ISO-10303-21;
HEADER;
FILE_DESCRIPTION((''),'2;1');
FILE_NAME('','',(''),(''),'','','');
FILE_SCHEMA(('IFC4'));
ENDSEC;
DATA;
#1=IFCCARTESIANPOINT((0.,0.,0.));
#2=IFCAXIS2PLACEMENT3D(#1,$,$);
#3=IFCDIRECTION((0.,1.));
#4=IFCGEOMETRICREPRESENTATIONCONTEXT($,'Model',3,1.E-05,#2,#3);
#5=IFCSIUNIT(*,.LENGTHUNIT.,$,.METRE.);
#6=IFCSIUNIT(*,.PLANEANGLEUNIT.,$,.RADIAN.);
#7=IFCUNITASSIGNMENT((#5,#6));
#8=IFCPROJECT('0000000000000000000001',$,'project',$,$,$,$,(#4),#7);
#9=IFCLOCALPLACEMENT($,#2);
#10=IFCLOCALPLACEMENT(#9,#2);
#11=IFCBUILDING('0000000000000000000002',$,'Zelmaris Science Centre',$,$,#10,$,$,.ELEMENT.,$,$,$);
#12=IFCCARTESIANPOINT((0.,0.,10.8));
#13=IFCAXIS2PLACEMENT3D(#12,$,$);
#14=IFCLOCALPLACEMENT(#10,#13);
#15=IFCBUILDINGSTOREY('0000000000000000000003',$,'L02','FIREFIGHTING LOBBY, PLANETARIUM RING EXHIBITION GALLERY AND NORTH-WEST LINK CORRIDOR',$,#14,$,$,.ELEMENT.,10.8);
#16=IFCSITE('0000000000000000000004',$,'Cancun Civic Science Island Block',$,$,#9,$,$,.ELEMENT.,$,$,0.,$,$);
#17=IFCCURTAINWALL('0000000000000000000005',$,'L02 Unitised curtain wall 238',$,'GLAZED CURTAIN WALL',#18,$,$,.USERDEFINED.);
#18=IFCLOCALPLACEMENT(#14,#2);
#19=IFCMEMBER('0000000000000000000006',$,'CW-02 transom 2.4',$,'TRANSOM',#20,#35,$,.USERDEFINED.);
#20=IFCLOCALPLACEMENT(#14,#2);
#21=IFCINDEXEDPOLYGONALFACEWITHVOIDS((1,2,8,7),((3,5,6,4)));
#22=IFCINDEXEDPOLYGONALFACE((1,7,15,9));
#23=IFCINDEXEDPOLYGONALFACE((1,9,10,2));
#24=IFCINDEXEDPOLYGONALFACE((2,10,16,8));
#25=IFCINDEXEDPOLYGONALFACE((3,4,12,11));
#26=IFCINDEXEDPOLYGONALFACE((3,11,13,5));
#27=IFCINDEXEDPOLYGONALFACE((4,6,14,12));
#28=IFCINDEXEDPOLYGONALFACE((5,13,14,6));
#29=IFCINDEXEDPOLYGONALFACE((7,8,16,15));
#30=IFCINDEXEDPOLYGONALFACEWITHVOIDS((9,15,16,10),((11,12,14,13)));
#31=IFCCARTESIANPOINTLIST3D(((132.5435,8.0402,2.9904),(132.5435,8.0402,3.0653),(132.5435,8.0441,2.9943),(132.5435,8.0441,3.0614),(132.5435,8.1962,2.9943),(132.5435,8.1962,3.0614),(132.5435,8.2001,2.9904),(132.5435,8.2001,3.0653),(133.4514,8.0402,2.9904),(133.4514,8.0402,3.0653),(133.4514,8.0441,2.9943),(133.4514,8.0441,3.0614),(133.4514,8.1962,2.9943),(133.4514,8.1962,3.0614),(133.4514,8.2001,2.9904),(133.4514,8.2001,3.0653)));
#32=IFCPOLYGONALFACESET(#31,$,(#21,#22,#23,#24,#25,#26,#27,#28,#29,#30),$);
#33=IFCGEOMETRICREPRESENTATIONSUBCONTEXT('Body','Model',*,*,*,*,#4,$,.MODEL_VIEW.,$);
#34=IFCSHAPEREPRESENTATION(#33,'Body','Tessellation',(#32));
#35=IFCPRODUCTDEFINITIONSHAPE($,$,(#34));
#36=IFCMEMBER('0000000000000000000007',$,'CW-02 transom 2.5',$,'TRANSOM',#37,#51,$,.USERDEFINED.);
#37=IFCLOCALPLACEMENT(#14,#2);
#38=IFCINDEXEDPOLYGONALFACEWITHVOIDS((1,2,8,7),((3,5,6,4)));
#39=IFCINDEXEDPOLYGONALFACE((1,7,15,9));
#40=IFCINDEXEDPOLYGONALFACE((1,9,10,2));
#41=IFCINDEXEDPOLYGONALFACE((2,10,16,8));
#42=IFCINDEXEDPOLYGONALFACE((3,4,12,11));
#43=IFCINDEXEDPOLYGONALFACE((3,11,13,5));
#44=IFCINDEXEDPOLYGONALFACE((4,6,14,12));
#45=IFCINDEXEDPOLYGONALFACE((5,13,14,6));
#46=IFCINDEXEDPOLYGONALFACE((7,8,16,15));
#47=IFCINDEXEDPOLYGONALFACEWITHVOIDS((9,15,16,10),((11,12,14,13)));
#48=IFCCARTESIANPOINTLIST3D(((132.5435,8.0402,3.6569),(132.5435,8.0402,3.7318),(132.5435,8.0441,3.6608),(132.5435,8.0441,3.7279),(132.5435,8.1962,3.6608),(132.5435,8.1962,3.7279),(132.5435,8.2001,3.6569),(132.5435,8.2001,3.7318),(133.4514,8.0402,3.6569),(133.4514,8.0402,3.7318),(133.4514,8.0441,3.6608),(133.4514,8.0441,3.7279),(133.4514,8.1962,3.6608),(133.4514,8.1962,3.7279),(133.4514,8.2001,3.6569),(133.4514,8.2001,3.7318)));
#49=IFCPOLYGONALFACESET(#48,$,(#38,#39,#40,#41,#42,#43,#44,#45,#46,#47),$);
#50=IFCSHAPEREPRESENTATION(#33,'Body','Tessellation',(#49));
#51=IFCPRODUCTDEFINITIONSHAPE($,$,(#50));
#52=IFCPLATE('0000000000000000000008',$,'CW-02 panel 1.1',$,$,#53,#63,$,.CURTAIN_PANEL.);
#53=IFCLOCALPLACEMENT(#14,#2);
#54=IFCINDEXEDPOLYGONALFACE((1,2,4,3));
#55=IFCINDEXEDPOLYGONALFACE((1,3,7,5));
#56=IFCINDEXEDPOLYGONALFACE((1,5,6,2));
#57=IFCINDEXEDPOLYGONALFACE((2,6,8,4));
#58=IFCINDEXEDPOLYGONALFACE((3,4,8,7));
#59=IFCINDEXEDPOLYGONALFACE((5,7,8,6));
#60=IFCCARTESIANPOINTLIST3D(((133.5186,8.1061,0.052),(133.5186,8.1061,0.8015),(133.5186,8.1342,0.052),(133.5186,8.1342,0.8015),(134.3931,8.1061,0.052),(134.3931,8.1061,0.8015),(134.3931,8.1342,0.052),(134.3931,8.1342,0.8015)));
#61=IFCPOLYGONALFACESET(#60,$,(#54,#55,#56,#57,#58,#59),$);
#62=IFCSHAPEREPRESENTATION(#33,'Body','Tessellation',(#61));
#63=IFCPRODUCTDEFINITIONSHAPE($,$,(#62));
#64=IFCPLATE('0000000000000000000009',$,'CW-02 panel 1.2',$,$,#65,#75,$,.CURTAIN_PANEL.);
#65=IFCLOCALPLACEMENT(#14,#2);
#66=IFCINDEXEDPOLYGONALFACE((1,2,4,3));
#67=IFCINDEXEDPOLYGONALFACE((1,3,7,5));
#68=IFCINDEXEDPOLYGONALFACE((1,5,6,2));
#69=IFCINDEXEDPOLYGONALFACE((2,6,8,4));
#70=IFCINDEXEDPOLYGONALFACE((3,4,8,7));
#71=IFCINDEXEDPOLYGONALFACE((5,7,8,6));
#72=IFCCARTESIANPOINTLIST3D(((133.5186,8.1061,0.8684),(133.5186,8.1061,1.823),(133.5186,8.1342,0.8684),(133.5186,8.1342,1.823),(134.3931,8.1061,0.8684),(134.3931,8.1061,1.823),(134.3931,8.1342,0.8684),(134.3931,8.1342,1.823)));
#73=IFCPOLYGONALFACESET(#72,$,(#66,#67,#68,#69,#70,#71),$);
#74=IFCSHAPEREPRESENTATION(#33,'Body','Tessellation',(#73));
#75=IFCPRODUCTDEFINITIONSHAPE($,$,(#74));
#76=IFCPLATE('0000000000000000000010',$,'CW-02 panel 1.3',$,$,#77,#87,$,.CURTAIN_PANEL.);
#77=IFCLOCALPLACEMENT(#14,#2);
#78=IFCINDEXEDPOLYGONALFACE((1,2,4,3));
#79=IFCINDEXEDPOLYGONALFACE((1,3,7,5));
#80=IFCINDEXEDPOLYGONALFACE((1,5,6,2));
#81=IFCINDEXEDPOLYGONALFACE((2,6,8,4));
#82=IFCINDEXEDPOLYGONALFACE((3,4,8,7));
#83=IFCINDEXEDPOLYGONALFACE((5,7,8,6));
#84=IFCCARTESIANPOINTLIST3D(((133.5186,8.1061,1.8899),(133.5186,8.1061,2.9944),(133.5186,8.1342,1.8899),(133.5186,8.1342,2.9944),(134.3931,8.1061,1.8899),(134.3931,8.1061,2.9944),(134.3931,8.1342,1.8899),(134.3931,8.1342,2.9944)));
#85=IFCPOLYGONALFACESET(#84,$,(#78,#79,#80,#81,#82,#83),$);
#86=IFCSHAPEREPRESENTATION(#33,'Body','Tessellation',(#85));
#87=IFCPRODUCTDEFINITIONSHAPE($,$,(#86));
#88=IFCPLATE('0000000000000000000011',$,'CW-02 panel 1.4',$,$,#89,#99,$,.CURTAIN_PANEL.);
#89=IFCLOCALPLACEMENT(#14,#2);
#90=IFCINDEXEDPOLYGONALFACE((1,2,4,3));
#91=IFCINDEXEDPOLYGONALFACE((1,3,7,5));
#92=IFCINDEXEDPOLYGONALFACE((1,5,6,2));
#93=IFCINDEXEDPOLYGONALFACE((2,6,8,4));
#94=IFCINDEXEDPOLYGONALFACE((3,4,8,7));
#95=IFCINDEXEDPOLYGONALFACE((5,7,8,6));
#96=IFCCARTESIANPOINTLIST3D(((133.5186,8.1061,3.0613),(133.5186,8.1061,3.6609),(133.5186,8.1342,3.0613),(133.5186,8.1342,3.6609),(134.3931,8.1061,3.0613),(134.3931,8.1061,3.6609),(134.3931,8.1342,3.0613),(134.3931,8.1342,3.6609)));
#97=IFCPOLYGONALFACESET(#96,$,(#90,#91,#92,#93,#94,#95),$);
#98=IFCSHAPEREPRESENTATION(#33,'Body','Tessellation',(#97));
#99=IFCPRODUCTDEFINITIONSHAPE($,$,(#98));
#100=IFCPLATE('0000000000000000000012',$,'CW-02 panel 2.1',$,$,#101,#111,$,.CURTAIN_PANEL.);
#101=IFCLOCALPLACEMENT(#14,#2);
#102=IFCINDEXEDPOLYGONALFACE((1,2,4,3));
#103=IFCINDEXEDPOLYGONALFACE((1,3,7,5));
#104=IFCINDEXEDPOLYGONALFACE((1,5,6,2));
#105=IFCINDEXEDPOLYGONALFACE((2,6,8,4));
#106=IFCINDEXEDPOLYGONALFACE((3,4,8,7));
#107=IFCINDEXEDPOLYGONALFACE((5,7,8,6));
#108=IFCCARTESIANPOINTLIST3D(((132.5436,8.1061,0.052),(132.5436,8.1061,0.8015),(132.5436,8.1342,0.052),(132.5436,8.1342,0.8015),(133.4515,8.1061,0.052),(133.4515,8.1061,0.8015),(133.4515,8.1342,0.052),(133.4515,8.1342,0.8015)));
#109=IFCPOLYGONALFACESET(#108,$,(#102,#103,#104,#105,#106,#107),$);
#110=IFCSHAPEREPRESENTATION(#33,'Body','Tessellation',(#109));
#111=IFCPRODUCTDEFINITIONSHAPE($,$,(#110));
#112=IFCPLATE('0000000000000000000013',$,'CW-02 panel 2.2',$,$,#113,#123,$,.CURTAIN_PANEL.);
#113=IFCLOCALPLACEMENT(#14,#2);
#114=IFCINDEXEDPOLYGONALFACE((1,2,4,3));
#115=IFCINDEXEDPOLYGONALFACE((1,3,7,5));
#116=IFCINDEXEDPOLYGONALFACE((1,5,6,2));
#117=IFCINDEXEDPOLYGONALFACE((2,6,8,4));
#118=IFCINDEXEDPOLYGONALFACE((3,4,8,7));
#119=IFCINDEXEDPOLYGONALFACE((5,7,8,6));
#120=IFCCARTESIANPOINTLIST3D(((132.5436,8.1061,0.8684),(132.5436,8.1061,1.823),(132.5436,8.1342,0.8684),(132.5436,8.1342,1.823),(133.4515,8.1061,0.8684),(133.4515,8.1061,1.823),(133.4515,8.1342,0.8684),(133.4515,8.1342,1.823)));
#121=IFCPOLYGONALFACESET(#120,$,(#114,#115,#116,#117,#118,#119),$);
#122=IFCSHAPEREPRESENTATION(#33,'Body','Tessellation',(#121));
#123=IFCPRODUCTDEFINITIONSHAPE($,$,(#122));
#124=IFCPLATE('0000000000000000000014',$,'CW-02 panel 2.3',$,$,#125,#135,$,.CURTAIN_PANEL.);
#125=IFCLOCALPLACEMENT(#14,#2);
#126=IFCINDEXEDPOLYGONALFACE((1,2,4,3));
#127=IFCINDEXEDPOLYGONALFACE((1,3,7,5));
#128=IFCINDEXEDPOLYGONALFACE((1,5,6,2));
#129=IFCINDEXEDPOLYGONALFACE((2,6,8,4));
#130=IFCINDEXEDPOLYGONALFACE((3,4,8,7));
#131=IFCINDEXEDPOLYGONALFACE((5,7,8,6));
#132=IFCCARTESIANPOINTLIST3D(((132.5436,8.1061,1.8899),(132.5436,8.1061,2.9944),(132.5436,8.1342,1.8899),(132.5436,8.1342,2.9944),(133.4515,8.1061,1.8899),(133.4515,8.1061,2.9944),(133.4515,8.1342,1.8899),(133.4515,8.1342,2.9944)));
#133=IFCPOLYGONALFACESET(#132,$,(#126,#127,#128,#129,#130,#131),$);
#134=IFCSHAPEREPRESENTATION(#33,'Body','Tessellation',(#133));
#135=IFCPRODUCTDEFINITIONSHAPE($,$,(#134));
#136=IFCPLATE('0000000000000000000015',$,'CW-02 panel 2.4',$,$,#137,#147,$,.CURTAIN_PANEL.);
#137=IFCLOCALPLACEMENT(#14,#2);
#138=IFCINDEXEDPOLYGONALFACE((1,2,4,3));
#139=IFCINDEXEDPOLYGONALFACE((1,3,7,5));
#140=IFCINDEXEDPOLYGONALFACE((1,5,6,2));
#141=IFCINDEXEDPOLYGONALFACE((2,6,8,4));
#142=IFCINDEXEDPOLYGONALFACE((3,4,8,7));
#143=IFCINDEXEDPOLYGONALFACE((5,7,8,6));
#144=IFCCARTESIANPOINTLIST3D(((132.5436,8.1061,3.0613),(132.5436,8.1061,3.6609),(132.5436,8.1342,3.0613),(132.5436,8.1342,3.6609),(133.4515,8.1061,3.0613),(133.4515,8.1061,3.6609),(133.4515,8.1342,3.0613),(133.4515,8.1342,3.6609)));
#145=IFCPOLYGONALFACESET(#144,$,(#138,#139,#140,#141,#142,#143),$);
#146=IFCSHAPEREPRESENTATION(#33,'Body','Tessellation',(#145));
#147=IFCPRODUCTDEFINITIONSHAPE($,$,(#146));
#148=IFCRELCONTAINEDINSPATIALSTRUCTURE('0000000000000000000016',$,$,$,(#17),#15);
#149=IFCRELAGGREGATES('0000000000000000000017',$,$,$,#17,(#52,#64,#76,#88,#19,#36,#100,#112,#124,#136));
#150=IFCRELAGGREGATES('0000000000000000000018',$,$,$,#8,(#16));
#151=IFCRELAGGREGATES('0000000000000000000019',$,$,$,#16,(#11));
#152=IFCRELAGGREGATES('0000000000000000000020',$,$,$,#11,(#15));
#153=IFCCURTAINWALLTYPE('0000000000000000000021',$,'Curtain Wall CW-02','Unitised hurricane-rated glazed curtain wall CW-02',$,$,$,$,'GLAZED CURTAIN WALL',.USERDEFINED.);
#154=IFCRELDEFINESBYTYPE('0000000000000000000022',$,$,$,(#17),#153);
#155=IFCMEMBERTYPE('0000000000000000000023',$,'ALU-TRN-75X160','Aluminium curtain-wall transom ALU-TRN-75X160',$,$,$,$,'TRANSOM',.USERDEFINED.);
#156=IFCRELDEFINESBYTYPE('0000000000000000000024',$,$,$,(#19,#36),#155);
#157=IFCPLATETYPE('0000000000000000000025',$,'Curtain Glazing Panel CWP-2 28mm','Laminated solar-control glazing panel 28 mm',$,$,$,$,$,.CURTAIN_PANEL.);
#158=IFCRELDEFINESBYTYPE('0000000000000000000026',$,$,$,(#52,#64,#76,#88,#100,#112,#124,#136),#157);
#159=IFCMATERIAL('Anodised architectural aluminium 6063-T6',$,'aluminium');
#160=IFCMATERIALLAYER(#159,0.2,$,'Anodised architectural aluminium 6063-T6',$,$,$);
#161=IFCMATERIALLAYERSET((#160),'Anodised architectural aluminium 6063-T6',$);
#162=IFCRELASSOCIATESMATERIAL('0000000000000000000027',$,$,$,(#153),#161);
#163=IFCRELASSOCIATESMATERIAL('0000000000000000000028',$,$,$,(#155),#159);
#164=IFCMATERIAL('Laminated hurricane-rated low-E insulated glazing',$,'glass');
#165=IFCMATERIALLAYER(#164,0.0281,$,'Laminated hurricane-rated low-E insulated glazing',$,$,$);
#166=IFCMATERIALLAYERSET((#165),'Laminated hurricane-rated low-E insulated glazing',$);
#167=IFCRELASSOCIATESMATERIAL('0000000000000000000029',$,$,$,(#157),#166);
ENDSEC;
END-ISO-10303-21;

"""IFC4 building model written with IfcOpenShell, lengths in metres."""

from ifc_helpers import new_model, si_unit, direction, frame, origin, origin_2d, place, context, subcontext, project, spatial, rectangle, hollow_rectangle, extrude, material, layer, layer_set, material_profile, profile_set, type_object, element, aggregate, save


model = new_model("IFC4")

# Units and contexts
model_context = context("Model", 3, precision=1e-05, world=origin(), true_north=direction((0.0, 1.0)))
body_context = subcontext(model_context, "Body", "Model", "MODEL_VIEW")
ifc_project = project(units=[si_unit("LENGTHUNIT", "METRE"), si_unit("PLANEANGLEUNIT", "RADIAN")], contexts=[model_context])

# Site, building, storey
site_placement = place(None, origin())
site = spatial("IfcSite", under=ifc_project, at=site_placement, Name="Cancun Civic Science Island Block", CompositionType="ELEMENT", RefElevation=0.0)
building_placement = place(site_placement, origin())
building = spatial("IfcBuilding", under=site, at=building_placement, Name="Zelmaris Science Centre", CompositionType="ELEMENT")
storey_placement = place(building_placement, frame((0.0, 0.0, 10.8)))
storey = spatial("IfcBuildingStorey", under=building, at=storey_placement, Name="L02", Description="FIREFIGHTING LOBBY, PLANETARIUM RING EXHIBITION GALLERY AND NORTH-WEST LINK CORRIDOR", CompositionType="ELEMENT", Elevation=10.8)

# Curtain wall, members, plates
ifc_material_1 = material(Name="Anodised architectural aluminium 6063-T6", Category="aluminium")
ifc_layer_1 = layer(ifc_material_1, 0.2, Name="Anodised architectural aluminium 6063-T6")
ifc_layer_set_1 = layer_set([ifc_layer_1], Name="Anodised architectural aluminium 6063-T6")
curtain_wall_type = type_object("IfcCurtainWallType", Name="Curtain Wall CW-02", Description="Unitised hurricane-rated glazed curtain wall CW-02", ElementType="GLAZED CURTAIN WALL", PredefinedType="USERDEFINED", material=ifc_layer_set_1)
curtain_wall_placement = place(storey_placement, origin())
curtain_wall = element("IfcCurtainWall", 1, at=curtain_wall_placement, inside=storey, type_object=curtain_wall_type, Name="L02 Unitised curtain wall 238", ObjectType="GLAZED CURTAIN WALL", PredefinedType="USERDEFINED")
ifc_material_profile_1 = material_profile(ifc_material_1, hollow_rectangle(XDim=0.075, YDim=0.1599, WallThickness=0.0039, at=origin_2d()), Name="ALU-TRN-75X160")
ifc_profile_set_1 = profile_set([ifc_material_profile_1], Name="Anodised architectural aluminium 6063-T6")
member_type_1 = type_object("IfcMemberType", Name="ALU-TRN-75X160", Description="Aluminium curtain-wall transom ALU-TRN-75X160", ElementType="TRANSOM", PredefinedType="USERDEFINED", material=ifc_profile_set_1)
member_1_placement = place(storey_placement, frame((133.4514, 8.1201, 3.0278), z_axis=(-1.0, 0.0, 0.0), x_axis=(0.0, 0.0, 1.0)))
member_1 = element("IfcMember", 2, at=member_1_placement, type_object=member_type_1, Name="CW-02 transom 2.4", ObjectType="TRANSOM", PredefinedType="USERDEFINED", context=body_context, shape_type="SweptSolid", body=[
    extrude(hollow_rectangle(XDim=0.075, YDim=0.1599, WallThickness=0.0039, at=origin_2d()), origin(), (0.0, 0.0, 1.0), 0.908),
])
member_2_placement = place(storey_placement, frame((133.4514, 8.1201, 3.6943), z_axis=(-1.0, 0.0, 0.0), x_axis=(0.0, 0.0, 1.0)))
member_2 = element("IfcMember", 3, at=member_2_placement, type_object=member_type_1, Name="CW-02 transom 2.5", ObjectType="TRANSOM", PredefinedType="USERDEFINED", context=body_context, shape_type="SweptSolid", body=[
    extrude(hollow_rectangle(XDim=0.075, YDim=0.1599, WallThickness=0.0039, at=origin_2d()), origin(), (0.0, 0.0, 1.0), 0.908),
])
ifc_material_2 = material(Name="Laminated hurricane-rated low-E insulated glazing", Category="glass")
ifc_layer_2 = layer(ifc_material_2, 0.0281, Name="Laminated hurricane-rated low-E insulated glazing")
ifc_layer_set_2 = layer_set([ifc_layer_2], Name="Laminated hurricane-rated low-E insulated glazing")
plate_type = type_object("IfcPlateType", Name="Curtain Glazing Panel CWP-2 28mm", Description="Laminated solar-control glazing panel 28 mm", PredefinedType="CURTAIN_PANEL", material=ifc_layer_set_2)
plate_1_placement = place(storey_placement, frame((133.9558, 8.1201, 0.052), z_axis=(0.0, 0.0, 1.0), x_axis=(-1.0, 0.0, 0.0)))
plate_1 = element("IfcPlate", 4, at=plate_1_placement, type_object=plate_type, Name="CW-02 panel 1.1", PredefinedType="CURTAIN_PANEL", context=body_context, shape_type="SweptSolid", body=[
    extrude(rectangle(XDim=0.8745, YDim=0.0281, at=origin_2d()), origin(), (0.0, 0.0, 1.0), 0.7495),
])
plate_2_placement = place(storey_placement, frame((133.9558, 8.1201, 0.8684), z_axis=(0.0, 0.0, 1.0), x_axis=(-1.0, 0.0, 0.0)))
plate_2 = element("IfcPlate", 5, at=plate_2_placement, type_object=plate_type, Name="CW-02 panel 1.2", PredefinedType="CURTAIN_PANEL", context=body_context, shape_type="SweptSolid", body=[
    extrude(rectangle(XDim=0.8745, YDim=0.0281, at=origin_2d()), origin(), (0.0, 0.0, 1.0), 0.9546),
])
plate_3_placement = place(storey_placement, frame((133.9558, 8.1201, 1.8899), z_axis=(0.0, 0.0, 1.0), x_axis=(-1.0, 0.0, 0.0)))
plate_3 = element("IfcPlate", 6, at=plate_3_placement, type_object=plate_type, Name="CW-02 panel 1.3", PredefinedType="CURTAIN_PANEL", context=body_context, shape_type="SweptSolid", body=[
    extrude(rectangle(XDim=0.8745, YDim=0.0281, at=origin_2d()), origin(), (0.0, 0.0, 1.0), 1.1045),
])
plate_4_placement = place(storey_placement, frame((133.9558, 8.1201, 3.0613), z_axis=(0.0, 0.0, 1.0), x_axis=(-1.0, 0.0, 0.0)))
plate_4 = element("IfcPlate", 7, at=plate_4_placement, type_object=plate_type, Name="CW-02 panel 1.4", PredefinedType="CURTAIN_PANEL", context=body_context, shape_type="SweptSolid", body=[
    extrude(rectangle(XDim=0.8745, YDim=0.0281, at=origin_2d()), origin(), (0.0, 0.0, 1.0), 0.5996),
])
plate_5_placement = place(storey_placement, frame((132.9976, 8.1201, 0.052), z_axis=(0.0, 0.0, 1.0), x_axis=(-1.0, 0.0, 0.0)))
plate_5 = element("IfcPlate", 8, at=plate_5_placement, type_object=plate_type, Name="CW-02 panel 2.1", PredefinedType="CURTAIN_PANEL", context=body_context, shape_type="SweptSolid", body=[
    extrude(rectangle(XDim=0.908, YDim=0.0281, at=origin_2d()), origin(), (0.0, 0.0, 1.0), 0.7495),
])
plate_6_placement = place(storey_placement, frame((132.9976, 8.1201, 0.8684), z_axis=(0.0, 0.0, 1.0), x_axis=(-1.0, 0.0, 0.0)))
plate_6 = element("IfcPlate", 9, at=plate_6_placement, type_object=plate_type, Name="CW-02 panel 2.2", PredefinedType="CURTAIN_PANEL", context=body_context, shape_type="SweptSolid", body=[
    extrude(rectangle(XDim=0.908, YDim=0.0281, at=origin_2d()), origin(), (0.0, 0.0, 1.0), 0.9546),
])
plate_7_placement = place(storey_placement, frame((132.9976, 8.1201, 1.8899), z_axis=(0.0, 0.0, 1.0), x_axis=(-1.0, 0.0, 0.0)))
plate_7 = element("IfcPlate", 10, at=plate_7_placement, type_object=plate_type, Name="CW-02 panel 2.3", PredefinedType="CURTAIN_PANEL", context=body_context, shape_type="SweptSolid", body=[
    extrude(rectangle(XDim=0.908, YDim=0.0281, at=origin_2d()), origin(), (0.0, 0.0, 1.0), 1.1045),
])
plate_8_placement = place(storey_placement, frame((132.9976, 8.1201, 3.0613), z_axis=(0.0, 0.0, 1.0), x_axis=(-1.0, 0.0, 0.0)))
plate_8 = element("IfcPlate", 11, at=plate_8_placement, type_object=plate_type, Name="CW-02 panel 2.4", PredefinedType="CURTAIN_PANEL", context=body_context, shape_type="SweptSolid", body=[
    extrude(rectangle(XDim=0.908, YDim=0.0281, at=origin_2d()), origin(), (0.0, 0.0, 1.0), 0.5996),
])
aggregate(curtain_wall, [plate_1, plate_2, plate_3, plate_4, member_1, member_2, plate_5, plate_6, plate_7, plate_8])

save(model, "model.ifc")
